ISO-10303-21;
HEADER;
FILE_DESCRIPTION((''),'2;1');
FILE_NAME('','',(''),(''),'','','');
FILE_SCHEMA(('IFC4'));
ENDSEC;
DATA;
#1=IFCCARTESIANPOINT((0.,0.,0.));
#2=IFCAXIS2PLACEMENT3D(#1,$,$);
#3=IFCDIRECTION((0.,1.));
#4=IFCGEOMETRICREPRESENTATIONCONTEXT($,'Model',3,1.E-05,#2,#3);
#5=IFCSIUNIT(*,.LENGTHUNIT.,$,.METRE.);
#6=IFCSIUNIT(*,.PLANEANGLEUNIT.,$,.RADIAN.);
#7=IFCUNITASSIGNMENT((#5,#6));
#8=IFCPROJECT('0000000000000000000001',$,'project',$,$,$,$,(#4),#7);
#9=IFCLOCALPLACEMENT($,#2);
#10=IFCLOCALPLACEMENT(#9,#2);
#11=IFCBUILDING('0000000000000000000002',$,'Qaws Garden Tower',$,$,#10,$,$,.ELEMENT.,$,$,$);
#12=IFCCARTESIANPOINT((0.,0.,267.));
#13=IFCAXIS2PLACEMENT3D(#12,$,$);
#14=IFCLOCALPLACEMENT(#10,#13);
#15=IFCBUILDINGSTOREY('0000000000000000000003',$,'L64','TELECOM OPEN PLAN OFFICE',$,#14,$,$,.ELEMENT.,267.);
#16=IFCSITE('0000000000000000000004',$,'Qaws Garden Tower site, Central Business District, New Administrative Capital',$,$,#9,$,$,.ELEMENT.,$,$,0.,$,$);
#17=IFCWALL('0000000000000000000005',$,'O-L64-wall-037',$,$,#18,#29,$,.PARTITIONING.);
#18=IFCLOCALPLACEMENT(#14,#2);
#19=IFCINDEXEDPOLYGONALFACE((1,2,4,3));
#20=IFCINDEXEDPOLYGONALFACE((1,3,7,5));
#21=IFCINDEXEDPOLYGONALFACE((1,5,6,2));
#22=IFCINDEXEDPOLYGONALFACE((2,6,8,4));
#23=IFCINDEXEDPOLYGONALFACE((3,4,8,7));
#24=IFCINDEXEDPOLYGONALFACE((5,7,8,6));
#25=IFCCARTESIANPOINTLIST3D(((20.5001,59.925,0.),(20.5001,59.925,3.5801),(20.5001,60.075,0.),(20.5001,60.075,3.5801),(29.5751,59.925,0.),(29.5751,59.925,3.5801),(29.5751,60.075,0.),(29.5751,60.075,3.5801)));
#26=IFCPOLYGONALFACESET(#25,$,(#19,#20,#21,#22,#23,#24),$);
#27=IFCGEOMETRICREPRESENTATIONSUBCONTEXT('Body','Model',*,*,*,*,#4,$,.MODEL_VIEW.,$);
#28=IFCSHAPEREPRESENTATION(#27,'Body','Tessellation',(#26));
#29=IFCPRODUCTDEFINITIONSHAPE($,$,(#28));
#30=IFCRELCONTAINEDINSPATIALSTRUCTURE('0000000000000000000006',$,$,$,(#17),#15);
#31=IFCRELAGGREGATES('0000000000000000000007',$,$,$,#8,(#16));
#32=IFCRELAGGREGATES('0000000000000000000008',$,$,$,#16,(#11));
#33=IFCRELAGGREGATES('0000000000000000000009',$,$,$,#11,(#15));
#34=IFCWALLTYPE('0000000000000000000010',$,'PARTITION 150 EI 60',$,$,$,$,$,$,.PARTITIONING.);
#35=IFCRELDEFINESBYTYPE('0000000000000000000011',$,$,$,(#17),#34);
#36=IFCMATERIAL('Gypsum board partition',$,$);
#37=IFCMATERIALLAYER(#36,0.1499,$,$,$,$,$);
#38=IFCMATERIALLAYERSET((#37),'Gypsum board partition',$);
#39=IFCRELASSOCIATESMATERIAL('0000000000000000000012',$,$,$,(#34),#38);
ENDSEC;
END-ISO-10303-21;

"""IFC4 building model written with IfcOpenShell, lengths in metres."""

from ifc_helpers import new_model, si_unit, direction, frame, frame_2d, origin, place, context, subcontext, project, spatial, rectangle, extrude, material, layer, layer_set, type_object, element, save


model = new_model("IFC4")

# Units and contexts
model_context = context("Model", 3, precision=1e-05, world=origin(), true_north=direction((0.0, 1.0)))
body_context = subcontext(model_context, "Body", "Model", "MODEL_VIEW")
ifc_project = project(units=[si_unit("LENGTHUNIT", "METRE"), si_unit("PLANEANGLEUNIT", "RADIAN")], contexts=[model_context])

# Site, building, storey
site_placement = place(None, origin())
site = spatial("IfcSite", under=ifc_project, at=site_placement, Name="Qaws Garden Tower site, Central Business District, New Administrative Capital", CompositionType="ELEMENT", RefElevation=0.0)
building_placement = place(site_placement, origin())
building = spatial("IfcBuilding", under=site, at=building_placement, Name="Qaws Garden Tower", CompositionType="ELEMENT")
storey_placement = place(building_placement, frame((0.0, 0.0, 267.0)))
storey = spatial("IfcBuildingStorey", under=building, at=storey_placement, Name="L64", Description="TELECOM OPEN PLAN OFFICE", CompositionType="ELEMENT", Elevation=267.0)

# Shared definitions
ifc_material_1 = material(Name="Gypsum board partition")
ifc_layer_1 = layer(ifc_material_1, 0.1499)
ifc_layer_set_1 = layer_set([ifc_layer_1], Name="Gypsum board partition")
wall_type_1 = type_object("IfcWallType", Name="PARTITION 150 EI 60", PredefinedType="PARTITIONING", material=ifc_layer_set_1)

# Wall
wall_1_placement = place(storey_placement, frame((20.5, 60.0, 0.0), z_axis=(0.0, 0.0, 1.0), x_axis=(1.0, 0.0, 0.0)))
element("IfcWall", 1, at=wall_1_placement, inside=storey, type_object=wall_type_1, Name="O-L64-wall-037", PredefinedType="PARTITIONING", context=body_context, shape_type="SweptSolid", body=[
    extrude(rectangle(XDim=9.075, YDim=0.1499, at=frame_2d((4.5376, 0.0))), origin(), (0.0, 0.0, 1.0), 3.5801),
])

save(model, "model.ifc")
